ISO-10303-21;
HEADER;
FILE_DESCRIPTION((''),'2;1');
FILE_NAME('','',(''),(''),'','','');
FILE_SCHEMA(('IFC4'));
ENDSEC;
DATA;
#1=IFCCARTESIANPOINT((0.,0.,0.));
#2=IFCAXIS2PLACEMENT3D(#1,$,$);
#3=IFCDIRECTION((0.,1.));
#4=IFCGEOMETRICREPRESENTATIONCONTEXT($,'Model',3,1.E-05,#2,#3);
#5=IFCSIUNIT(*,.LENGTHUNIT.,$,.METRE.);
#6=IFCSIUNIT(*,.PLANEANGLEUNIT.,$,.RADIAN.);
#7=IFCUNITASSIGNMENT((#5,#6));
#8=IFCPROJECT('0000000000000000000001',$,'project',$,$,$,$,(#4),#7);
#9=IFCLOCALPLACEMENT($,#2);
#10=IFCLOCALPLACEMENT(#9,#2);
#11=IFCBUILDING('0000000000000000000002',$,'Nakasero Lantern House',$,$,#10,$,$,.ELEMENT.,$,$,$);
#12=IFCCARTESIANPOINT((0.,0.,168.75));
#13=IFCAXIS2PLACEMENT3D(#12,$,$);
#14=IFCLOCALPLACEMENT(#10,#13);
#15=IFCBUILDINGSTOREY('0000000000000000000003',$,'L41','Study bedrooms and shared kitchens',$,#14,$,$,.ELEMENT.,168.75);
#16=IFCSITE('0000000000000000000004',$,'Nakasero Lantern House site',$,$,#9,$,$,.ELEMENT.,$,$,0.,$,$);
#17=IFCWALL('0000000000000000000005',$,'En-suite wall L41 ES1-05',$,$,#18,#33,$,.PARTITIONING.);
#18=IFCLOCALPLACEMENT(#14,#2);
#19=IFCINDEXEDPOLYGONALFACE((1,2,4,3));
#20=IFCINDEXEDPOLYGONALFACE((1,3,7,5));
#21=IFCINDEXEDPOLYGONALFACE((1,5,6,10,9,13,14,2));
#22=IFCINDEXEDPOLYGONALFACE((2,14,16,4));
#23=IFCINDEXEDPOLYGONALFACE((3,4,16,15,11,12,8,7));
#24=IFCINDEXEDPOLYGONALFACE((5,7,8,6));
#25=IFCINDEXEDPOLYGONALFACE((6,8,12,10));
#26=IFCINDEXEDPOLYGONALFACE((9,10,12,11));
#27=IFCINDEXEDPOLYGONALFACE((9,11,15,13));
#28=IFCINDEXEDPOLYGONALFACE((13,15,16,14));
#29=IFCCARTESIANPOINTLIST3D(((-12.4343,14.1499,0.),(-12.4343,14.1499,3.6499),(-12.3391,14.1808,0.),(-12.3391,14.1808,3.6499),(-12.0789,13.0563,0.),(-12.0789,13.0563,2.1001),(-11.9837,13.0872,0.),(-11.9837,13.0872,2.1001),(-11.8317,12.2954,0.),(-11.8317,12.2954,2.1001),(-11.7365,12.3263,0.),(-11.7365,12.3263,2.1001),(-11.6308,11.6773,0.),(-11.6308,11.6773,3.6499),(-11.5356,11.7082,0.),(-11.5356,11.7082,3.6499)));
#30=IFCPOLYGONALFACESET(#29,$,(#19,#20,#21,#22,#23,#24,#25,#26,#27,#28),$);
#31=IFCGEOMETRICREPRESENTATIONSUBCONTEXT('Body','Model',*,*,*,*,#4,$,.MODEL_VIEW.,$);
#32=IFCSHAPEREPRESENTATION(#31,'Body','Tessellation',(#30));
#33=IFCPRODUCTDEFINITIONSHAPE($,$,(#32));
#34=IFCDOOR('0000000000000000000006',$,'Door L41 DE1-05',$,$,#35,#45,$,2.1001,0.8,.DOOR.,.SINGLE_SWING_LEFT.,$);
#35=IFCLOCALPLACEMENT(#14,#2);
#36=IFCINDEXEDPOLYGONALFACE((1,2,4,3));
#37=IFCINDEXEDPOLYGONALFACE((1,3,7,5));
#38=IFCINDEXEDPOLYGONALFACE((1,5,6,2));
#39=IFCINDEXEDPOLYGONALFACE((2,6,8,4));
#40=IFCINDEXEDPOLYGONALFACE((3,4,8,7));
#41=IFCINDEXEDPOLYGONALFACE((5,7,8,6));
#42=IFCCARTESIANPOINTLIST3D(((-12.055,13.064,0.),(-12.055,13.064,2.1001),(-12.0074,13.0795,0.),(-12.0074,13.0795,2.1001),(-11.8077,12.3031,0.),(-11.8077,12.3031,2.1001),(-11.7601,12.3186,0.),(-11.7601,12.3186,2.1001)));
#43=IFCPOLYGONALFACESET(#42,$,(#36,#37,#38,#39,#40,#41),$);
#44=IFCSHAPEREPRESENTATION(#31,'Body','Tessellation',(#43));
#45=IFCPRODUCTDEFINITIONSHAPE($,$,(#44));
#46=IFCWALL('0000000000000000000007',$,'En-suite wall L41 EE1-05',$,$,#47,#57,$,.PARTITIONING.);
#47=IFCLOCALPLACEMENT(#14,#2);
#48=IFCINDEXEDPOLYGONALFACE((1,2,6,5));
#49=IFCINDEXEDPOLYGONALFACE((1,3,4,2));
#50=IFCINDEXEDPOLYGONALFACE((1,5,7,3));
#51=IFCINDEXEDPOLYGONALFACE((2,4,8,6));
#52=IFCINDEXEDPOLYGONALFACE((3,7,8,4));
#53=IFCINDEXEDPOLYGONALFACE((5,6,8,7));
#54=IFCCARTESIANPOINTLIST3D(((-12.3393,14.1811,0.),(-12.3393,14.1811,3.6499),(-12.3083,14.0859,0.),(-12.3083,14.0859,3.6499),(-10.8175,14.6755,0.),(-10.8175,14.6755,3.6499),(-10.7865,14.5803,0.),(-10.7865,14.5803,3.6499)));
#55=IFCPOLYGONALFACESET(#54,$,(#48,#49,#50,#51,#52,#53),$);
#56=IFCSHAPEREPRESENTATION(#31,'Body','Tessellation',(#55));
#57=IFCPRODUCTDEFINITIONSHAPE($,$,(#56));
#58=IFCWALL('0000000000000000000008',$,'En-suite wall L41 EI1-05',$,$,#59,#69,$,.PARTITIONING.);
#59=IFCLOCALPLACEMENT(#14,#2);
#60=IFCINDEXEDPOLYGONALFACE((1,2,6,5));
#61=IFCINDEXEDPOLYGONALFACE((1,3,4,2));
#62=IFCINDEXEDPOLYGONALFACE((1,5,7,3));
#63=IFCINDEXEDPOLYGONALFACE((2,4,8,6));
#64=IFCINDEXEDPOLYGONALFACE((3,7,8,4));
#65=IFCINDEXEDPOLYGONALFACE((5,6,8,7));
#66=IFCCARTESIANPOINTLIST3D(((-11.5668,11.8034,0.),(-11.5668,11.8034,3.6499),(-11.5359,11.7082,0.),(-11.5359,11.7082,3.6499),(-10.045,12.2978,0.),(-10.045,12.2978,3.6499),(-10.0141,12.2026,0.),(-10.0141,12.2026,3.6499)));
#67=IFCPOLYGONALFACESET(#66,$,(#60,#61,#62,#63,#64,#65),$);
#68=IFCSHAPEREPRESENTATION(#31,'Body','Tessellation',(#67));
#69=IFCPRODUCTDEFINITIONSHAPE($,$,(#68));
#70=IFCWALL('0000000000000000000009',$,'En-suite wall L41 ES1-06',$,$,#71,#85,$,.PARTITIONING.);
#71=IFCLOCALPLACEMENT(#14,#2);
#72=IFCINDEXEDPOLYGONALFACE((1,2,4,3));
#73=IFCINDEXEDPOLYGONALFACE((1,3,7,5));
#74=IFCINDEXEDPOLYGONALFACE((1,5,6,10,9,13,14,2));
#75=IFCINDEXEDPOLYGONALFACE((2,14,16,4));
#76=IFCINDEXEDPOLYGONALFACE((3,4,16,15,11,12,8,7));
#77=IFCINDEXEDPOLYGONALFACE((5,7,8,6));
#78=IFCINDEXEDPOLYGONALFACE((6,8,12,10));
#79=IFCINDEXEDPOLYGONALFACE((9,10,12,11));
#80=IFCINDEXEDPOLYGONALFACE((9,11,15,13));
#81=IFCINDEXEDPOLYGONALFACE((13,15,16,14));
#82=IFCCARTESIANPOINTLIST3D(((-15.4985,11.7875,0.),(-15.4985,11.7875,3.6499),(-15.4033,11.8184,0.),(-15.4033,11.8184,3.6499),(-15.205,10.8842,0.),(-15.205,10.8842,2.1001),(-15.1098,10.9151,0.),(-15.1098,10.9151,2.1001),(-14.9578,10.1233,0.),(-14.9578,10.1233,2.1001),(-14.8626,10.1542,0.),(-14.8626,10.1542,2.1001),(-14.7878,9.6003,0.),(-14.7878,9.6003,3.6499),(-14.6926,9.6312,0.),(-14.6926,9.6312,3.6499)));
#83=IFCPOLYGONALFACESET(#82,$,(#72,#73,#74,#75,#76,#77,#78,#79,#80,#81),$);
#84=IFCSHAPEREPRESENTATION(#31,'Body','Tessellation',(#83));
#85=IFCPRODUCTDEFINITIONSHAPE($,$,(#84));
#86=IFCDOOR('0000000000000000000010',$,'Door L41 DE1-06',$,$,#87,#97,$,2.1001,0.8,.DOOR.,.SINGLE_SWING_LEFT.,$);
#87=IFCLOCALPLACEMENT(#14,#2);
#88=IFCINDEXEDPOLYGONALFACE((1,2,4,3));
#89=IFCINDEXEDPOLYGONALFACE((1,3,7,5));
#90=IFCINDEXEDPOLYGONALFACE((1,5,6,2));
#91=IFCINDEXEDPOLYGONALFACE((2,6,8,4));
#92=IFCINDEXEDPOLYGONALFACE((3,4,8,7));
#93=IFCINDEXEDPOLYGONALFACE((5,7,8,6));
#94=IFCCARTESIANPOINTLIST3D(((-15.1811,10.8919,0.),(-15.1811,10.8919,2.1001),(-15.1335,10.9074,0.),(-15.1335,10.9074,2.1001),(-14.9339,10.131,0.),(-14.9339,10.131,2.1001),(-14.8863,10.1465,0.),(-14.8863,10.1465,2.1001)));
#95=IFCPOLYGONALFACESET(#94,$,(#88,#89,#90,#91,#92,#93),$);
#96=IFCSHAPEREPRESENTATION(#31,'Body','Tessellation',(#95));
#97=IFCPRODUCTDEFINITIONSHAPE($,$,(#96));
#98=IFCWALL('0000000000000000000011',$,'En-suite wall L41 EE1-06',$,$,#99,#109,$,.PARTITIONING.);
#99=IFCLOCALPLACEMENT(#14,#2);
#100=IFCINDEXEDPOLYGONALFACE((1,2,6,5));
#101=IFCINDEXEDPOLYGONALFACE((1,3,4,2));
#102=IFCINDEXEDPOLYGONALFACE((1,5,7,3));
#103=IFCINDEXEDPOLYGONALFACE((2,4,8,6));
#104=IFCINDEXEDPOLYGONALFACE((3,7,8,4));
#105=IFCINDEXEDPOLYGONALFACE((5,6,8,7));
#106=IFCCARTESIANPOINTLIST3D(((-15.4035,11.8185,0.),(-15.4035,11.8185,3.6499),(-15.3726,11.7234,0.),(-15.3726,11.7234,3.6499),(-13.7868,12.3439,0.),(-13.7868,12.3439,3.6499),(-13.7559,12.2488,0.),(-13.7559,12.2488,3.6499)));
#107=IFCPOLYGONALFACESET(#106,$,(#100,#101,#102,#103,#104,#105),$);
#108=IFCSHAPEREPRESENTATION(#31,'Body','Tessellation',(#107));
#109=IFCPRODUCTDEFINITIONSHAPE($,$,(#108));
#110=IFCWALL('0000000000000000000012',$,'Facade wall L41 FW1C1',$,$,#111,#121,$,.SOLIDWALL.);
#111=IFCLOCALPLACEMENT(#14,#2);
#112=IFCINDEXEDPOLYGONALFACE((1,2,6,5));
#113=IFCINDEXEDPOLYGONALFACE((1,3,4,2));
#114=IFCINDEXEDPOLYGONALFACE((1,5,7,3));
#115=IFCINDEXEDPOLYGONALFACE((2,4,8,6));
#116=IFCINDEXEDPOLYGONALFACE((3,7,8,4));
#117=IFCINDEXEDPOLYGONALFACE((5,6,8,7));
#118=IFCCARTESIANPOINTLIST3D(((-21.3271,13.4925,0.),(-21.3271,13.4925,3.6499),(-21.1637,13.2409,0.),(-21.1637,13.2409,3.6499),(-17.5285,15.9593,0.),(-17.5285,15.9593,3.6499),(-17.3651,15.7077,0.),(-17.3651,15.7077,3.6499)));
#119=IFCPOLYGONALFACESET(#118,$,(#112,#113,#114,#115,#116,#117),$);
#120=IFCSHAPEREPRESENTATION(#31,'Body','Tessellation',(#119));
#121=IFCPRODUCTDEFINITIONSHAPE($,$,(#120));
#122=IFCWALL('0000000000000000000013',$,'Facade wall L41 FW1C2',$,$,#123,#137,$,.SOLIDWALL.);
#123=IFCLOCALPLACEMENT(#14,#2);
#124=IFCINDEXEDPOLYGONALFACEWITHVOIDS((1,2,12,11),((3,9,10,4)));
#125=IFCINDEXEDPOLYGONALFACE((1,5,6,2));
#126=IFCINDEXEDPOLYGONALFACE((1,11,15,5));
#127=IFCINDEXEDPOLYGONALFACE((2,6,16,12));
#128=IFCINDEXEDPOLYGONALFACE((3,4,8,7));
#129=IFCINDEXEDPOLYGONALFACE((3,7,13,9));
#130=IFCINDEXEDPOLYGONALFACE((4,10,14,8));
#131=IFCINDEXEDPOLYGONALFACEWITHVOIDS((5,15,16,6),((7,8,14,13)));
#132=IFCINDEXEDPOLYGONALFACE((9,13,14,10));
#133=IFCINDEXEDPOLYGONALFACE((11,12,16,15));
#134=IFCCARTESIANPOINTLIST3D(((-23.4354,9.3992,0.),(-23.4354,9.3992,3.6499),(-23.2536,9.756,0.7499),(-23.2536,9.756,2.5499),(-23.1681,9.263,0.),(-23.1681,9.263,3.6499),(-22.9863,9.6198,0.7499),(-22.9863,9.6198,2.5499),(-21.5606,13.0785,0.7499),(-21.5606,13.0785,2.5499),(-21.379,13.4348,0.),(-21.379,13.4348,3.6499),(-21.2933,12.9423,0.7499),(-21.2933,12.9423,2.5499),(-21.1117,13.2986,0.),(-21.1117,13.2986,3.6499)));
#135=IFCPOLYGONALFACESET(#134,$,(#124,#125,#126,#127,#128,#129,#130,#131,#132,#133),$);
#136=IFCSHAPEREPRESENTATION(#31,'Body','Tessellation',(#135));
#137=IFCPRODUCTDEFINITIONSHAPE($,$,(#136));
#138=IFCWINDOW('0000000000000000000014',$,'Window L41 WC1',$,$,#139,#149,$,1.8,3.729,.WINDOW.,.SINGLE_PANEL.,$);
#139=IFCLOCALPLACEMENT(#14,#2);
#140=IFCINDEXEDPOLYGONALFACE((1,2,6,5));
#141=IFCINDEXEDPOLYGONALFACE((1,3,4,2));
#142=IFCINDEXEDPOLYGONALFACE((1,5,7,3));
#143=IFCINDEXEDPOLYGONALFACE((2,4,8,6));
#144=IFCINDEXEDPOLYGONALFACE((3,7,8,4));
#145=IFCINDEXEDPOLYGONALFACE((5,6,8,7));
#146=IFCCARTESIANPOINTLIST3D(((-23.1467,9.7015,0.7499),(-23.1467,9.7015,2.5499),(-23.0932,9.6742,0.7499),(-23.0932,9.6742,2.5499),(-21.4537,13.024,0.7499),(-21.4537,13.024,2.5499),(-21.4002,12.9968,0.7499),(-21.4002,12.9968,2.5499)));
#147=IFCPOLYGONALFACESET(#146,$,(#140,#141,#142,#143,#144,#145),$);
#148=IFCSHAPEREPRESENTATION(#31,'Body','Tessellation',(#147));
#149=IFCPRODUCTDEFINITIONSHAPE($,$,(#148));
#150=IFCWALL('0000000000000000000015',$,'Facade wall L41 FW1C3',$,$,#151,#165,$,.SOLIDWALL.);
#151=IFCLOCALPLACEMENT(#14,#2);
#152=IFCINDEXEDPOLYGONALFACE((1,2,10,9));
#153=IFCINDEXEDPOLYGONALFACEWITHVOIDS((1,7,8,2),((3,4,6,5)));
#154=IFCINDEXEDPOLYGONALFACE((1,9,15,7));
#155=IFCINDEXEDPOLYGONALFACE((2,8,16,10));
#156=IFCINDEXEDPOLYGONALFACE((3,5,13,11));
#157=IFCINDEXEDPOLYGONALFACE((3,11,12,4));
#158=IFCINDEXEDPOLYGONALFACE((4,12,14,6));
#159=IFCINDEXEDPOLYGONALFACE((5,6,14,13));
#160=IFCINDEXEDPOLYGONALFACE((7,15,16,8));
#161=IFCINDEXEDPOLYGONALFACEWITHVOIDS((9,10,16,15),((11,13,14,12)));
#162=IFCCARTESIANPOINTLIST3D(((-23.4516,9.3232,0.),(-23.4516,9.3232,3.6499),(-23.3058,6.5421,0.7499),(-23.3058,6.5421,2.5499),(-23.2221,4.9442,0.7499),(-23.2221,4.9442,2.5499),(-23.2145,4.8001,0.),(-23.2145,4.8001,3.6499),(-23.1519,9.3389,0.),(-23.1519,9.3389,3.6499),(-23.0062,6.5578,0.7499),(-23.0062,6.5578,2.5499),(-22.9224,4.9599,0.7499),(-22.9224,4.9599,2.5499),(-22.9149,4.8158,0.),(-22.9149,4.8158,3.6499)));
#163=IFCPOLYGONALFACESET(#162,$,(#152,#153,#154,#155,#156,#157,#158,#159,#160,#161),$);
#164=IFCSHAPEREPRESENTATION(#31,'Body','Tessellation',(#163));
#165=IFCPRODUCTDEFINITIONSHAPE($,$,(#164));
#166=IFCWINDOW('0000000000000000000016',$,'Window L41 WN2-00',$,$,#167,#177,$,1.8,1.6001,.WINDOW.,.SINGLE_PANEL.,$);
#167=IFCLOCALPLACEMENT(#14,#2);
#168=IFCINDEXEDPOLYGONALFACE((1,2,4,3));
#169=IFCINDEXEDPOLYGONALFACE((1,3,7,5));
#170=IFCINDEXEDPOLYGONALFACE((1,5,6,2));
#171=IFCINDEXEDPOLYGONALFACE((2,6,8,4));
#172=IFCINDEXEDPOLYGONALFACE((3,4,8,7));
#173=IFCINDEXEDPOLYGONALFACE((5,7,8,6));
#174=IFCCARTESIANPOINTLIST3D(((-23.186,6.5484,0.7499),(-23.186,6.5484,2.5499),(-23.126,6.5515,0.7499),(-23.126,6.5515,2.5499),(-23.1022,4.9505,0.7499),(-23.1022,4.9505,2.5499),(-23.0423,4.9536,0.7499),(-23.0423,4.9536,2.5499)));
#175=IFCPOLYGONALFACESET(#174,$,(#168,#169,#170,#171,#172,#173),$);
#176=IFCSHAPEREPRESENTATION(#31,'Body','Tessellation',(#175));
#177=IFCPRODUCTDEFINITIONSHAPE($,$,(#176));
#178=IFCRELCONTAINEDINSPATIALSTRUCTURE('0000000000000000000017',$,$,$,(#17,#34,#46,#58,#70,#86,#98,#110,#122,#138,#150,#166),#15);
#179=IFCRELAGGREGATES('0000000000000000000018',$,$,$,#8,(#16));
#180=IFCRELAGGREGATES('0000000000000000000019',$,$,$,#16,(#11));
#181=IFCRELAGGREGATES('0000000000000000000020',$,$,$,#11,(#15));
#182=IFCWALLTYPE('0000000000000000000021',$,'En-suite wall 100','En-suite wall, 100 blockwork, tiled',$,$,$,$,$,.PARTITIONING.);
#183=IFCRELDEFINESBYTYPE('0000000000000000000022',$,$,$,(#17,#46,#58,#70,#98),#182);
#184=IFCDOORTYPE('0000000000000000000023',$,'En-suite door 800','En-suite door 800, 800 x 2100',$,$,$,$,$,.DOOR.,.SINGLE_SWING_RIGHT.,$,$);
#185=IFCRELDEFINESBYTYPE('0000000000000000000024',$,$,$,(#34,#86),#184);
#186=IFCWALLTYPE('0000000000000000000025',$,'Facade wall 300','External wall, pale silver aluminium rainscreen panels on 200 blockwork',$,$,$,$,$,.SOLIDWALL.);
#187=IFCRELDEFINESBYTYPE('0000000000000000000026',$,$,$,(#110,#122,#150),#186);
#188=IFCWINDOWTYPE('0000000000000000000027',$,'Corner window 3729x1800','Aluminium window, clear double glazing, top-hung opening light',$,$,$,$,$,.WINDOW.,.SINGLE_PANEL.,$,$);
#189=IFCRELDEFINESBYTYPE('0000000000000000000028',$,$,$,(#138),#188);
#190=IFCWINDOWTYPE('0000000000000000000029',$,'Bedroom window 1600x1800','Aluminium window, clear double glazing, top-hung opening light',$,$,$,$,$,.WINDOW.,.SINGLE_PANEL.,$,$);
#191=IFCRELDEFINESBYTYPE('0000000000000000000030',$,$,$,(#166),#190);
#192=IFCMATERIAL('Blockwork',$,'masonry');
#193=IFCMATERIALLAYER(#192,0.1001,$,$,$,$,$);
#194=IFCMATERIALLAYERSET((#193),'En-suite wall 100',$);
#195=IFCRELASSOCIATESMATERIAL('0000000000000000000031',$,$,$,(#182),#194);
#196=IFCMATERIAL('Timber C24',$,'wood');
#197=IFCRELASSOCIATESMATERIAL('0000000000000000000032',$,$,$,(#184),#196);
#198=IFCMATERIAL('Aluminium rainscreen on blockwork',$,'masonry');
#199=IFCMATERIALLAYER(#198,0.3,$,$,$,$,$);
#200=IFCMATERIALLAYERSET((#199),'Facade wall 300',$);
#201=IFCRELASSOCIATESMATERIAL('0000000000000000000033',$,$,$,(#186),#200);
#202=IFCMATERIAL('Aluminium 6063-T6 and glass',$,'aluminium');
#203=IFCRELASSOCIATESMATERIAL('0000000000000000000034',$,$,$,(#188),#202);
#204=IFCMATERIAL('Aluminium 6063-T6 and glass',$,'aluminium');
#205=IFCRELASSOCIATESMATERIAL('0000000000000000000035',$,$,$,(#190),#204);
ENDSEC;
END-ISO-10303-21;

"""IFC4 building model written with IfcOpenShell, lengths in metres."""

from ifc_helpers import new_model, si_unit, direction, frame, frame_2d, origin, place, context, subcontext, project, spatial, rectangle, extrude, material, layer, layer_set, type_object, element, fill, save


model = new_model("IFC4")

# Units and contexts
model_context = context("Model", 3, precision=1e-05, world=origin(), true_north=direction((0.0, 1.0)))
body_context = subcontext(model_context, "Body", "Model", "MODEL_VIEW")
ifc_project = project(units=[si_unit("LENGTHUNIT", "METRE"), si_unit("PLANEANGLEUNIT", "RADIAN")], contexts=[model_context])

# Site, building, storey
site_placement = place(None, origin())
site = spatial("IfcSite", under=ifc_project, at=site_placement, Name="Nakasero Lantern House site", CompositionType="ELEMENT", RefElevation=0.0)
building_placement = place(site_placement, origin())
building = spatial("IfcBuilding", under=site, at=building_placement, Name="Nakasero Lantern House", CompositionType="ELEMENT")
storey_placement = place(building_placement, frame((0.0, 0.0, 168.75)))
storey = spatial("IfcBuildingStorey", under=building, at=storey_placement, Name="L41", Description="Study bedrooms and shared kitchens", CompositionType="ELEMENT", Elevation=168.75)

# Wall, opening, door
ifc_material_1 = material(Name="Blockwork", Category="masonry")
ifc_layer_1 = layer(ifc_material_1, 0.1001)
ifc_layer_set_1 = layer_set([ifc_layer_1], Name="En-suite wall 100")
wall_type_1 = type_object("IfcWallType", Name="En-suite wall 100", Description="En-suite wall, 100 blockwork, tiled", PredefinedType="PARTITIONING", material=ifc_layer_set_1)
wall_1_placement = place(storey_placement, frame((-11.5833, 11.6929, 0.0), z_axis=(0.0, 0.0, 1.0), x_axis=(-0.309035, 0.951051, 0.0)))
wall_1 = element("IfcWall", 1, at=wall_1_placement, inside=storey, type_object=wall_type_1, Name="En-suite wall L41 ES1-05", PredefinedType="PARTITIONING", context=body_context, shape_type="SweptSolid", body=[
    extrude(rectangle(XDim=2.5999, YDim=0.1001, at=frame_2d((1.2998, 0.0))), origin(), (0.0, 0.0, 1.0), 3.6499),
])
opening_1_placement = place(wall_1_placement, frame((0.6499, 0.0, 0.0)))
opening_1 = element("IfcOpeningElement", 2, at=opening_1_placement, cuts=wall_1, PredefinedType="OPENING", context=body_context, shape_type="SweptSolid", body=[
    extrude(rectangle(XDim=0.8, YDim=2.1001, at=frame_2d((0.3999, 1.05))), frame((0.0, 0.0701, 0.0), z_axis=(0.0, -1.0, 0.0), x_axis=(1.0, 0.0, 0.0)), (0.0, 0.0, 1.0), 0.1401),
])
ifc_material_2 = material(Name="Timber C24", Category="wood")
door_type = type_object("IfcDoorType", Name="En-suite door 800", Description="En-suite door 800, 800 x 2100", OperationType="SINGLE_SWING_RIGHT", PredefinedType="DOOR", material=ifc_material_2)
door_1_placement = place(opening_1_placement, origin())
door_1 = element("IfcDoor", 3, at=door_1_placement, inside=storey, type_object=door_type, Name="Door L41 DE1-05", OperationType="SINGLE_SWING_LEFT", OverallHeight=2.1001, OverallWidth=0.8, PredefinedType="DOOR", context=body_context, shape_type="SweptSolid", body=[
    extrude(rectangle(XDim=0.8, YDim=2.1001, at=frame_2d((0.3999, 1.05))), frame((0.0, 0.0249, 0.0), z_axis=(0.0, -1.0, 0.0), x_axis=(1.0, 0.0, 0.0)), (0.0, 0.0, 1.0), 0.05),
])
fill(opening_1, door_1)

# Walls
for number, where, z_axis, x_axis, name in (
    (4, (-10.802, 14.6279, 0.0), (0.0, 0.0, 1.0), (-0.951067, -0.308986, 0.0), "En-suite wall L41 EE1-05"),
    (5, (-10.0295, 12.2502, 0.0), (0.0, 0.0, 1.0), (-0.951067, -0.308986, 0.0), "En-suite wall L41 EI1-05"),
):
    element("IfcWall", number, at=place(storey_placement, frame(where, z_axis=z_axis, x_axis=x_axis)), inside=storey, type_object=wall_type_1, Name=name, PredefinedType="PARTITIONING", context=body_context, shape_type="SweptSolid", body=[
        extrude(rectangle(XDim=1.6001, YDim=0.1001, at=frame_2d((0.8, 0.0))), origin(), (0.0, 0.0, 1.0), 3.6499),
    ])

# Wall, opening, door
wall_2_placement = place(storey_placement, frame((-14.7402, 9.6157, 0.0), z_axis=(0.0, 0.0, 1.0), x_axis=(-0.309021, 0.951055, 0.0)))
wall_2 = element("IfcWall", 6, at=wall_2_placement, inside=storey, type_object=wall_type_1, Name="En-suite wall L41 ES1-06", PredefinedType="PARTITIONING", context=body_context, shape_type="SweptSolid", body=[
    extrude(rectangle(XDim=2.2998, YDim=0.1001, at=frame_2d((1.1499, 0.0))), origin(), (0.0, 0.0, 1.0), 3.6499),
])
opening_2_placement = place(wall_2_placement, frame((0.55, 0.0, 0.0)))
opening_2 = element("IfcOpeningElement", 7, at=opening_2_placement, cuts=wall_2, PredefinedType="OPENING", context=body_context, shape_type="SweptSolid", body=[
    extrude(rectangle(XDim=0.8, YDim=2.1001, at=frame_2d((0.3999, 1.05))), frame((0.0, 0.0701, 0.0), z_axis=(0.0, -1.0, 0.0), x_axis=(1.0, 0.0, 0.0)), (0.0, 0.0, 1.0), 0.1401),
])
door_2_placement = place(opening_2_placement, origin())
door_2 = element("IfcDoor", 8, at=door_2_placement, inside=storey, type_object=door_type, Name="Door L41 DE1-06", OperationType="SINGLE_SWING_LEFT", OverallHeight=2.1001, OverallWidth=0.8, PredefinedType="DOOR", context=body_context, shape_type="SweptSolid", body=[
    extrude(rectangle(XDim=0.8, YDim=2.1001, at=frame_2d((0.3999, 1.05))), frame((0.0, 0.0249, 0.0), z_axis=(0.0, -1.0, 0.0), x_axis=(1.0, 0.0, 0.0)), (0.0, 0.0, 1.0), 0.05),
])
fill(opening_2, door_2)

# Walls
wall_3_placement = place(storey_placement, frame((-13.7712, 12.2964, 0.0), z_axis=(0.0, 0.0, 1.0), x_axis=(-0.95104, -0.309067, 0.0)))
element("IfcWall", 9, at=wall_3_placement, inside=storey, type_object=wall_type_1, Name="En-suite wall L41 EE1-06", PredefinedType="PARTITIONING", context=body_context, shape_type="SweptSolid", body=[
    extrude(rectangle(XDim=1.7, YDim=0.1001, at=frame_2d((0.8501, 0.0))), origin(), (0.0, 0.0, 1.0), 3.6499),
])
ifc_material_3 = material(Name="Aluminium rainscreen on blockwork", Category="masonry")
ifc_layer_2 = layer(ifc_material_3, 0.3)
ifc_layer_set_2 = layer_set([ifc_layer_2], Name="Facade wall 300")
wall_type_2 = type_object("IfcWallType", Name="Facade wall 300", Description="External wall, pale silver aluminium rainscreen panels on 200 blockwork", PredefinedType="SOLIDWALL", material=ifc_layer_set_2)
wall_4_placement = place(storey_placement, frame((-17.4468, 15.8335, 0.0), z_axis=(0.0, 0.0, 1.0), x_axis=(-0.838674, -0.544634, 0.0)))
element("IfcWall", 10, at=wall_4_placement, inside=storey, type_object=wall_type_2, Name="Facade wall L41 FW1C1", PredefinedType="SOLIDWALL", context=body_context, shape_type="SweptSolid", body=[
    extrude(rectangle(XDim=4.5293, YDim=0.3, at=frame_2d((2.2646, 0.0))), origin(), (0.0, 0.0, 1.0), 3.6499),
])

# Walls, openings, windows
wall_5_placement = place(storey_placement, frame((-21.2454, 13.3667, 0.0), z_axis=(0.0, 0.0, 1.0), x_axis=(-0.454014, -0.890995, 0.0)))
wall_5 = element("IfcWall", 11, at=wall_5_placement, inside=storey, type_object=wall_type_2, Name="Facade wall L41 FW1C2", PredefinedType="SOLIDWALL", context=body_context, shape_type="SweptSolid", body=[
    extrude(rectangle(XDim=4.5293, YDim=0.3, at=frame_2d((2.2646, 0.0))), origin(), (0.0, 0.0, 1.0), 3.6499),
])
opening_3_placement = place(wall_5_placement, frame((0.3999, 0.0, 0.75)))
opening_3 = element("IfcOpeningElement", 12, at=opening_3_placement, cuts=wall_5, PredefinedType="OPENING", context=body_context, shape_type="SweptSolid", body=[
    extrude(rectangle(XDim=3.729, YDim=1.8, at=frame_2d((1.8645, 0.8999))), frame((0.0, 0.1699, 0.0), z_axis=(0.0, -1.0, 0.0), x_axis=(1.0, 0.0, 0.0)), (0.0, 0.0, 1.0), 0.3401),
])
ifc_material_4 = material(Name="Aluminium 6063-T6 and glass", Category="aluminium")
window_type_1 = type_object("IfcWindowType", Name="Corner window 3729x1800", Description="Aluminium window, clear double glazing, top-hung opening light", PartitioningType="SINGLE_PANEL", PredefinedType="WINDOW", material=ifc_material_4)
window_1_placement = place(opening_3_placement, origin())
window_1 = element("IfcWindow", 13, at=window_1_placement, inside=storey, type_object=window_type_1, Name="Window L41 WC1", OverallHeight=1.8, OverallWidth=3.729, PartitioningType="SINGLE_PANEL", PredefinedType="WINDOW", context=body_context, shape_type="SweptSolid", body=[
    extrude(rectangle(XDim=3.729, YDim=1.8, at=frame_2d((1.8645, 0.8999))), frame((0.0, 0.03, 0.0), z_axis=(0.0, -1.0, 0.0), x_axis=(1.0, 0.0, 0.0)), (0.0, 0.0, 1.0), 0.0601),
])
fill(opening_3, window_1)
wall_6_placement = place(storey_placement, frame((-23.3018, 9.3311, 0.0), z_axis=(0.0, 0.0, 1.0), x_axis=(0.052338, -0.998629, 0.0)))
wall_6 = element("IfcWall", 14, at=wall_6_placement, inside=storey, type_object=wall_type_2, Name="Facade wall L41 FW1C3", PredefinedType="SOLIDWALL", context=body_context, shape_type="SweptSolid", body=[
    extrude(rectangle(XDim=4.5293, YDim=0.3, at=frame_2d((2.2646, 0.0))), origin(), (0.0, 0.0, 1.0), 3.6499),
])
opening_4_placement = place(wall_6_placement, frame((2.7849, 0.0, 0.75)))
opening_4 = element("IfcOpeningElement", 15, at=opening_4_placement, cuts=wall_6, PredefinedType="OPENING", context=body_context, shape_type="SweptSolid", body=[
    extrude(rectangle(XDim=1.6001, YDim=1.8, at=frame_2d((0.8, 0.8999))), frame((0.0, 0.1699, 0.0), z_axis=(0.0, -1.0, 0.0), x_axis=(1.0, 0.0, 0.0)), (0.0, 0.0, 1.0), 0.3401),
])
ifc_material_5 = material(Name="Aluminium 6063-T6 and glass", Category="aluminium")
window_type_2 = type_object("IfcWindowType", Name="Bedroom window 1600x1800", Description="Aluminium window, clear double glazing, top-hung opening light", PartitioningType="SINGLE_PANEL", PredefinedType="WINDOW", material=ifc_material_5)
window_2_placement = place(opening_4_placement, origin())
window_2 = element("IfcWindow", 16, at=window_2_placement, inside=storey, type_object=window_type_2, Name="Window L41 WN2-00", OverallHeight=1.8, OverallWidth=1.6001, PartitioningType="SINGLE_PANEL", PredefinedType="WINDOW", context=body_context, shape_type="SweptSolid", body=[
    extrude(rectangle(XDim=1.6001, YDim=1.8, at=frame_2d((0.8, 0.8999))), frame((0.0, 0.03, 0.0), z_axis=(0.0, -1.0, 0.0), x_axis=(1.0, 0.0, 0.0)), (0.0, 0.0, 1.0), 0.0601),
])
fill(opening_4, window_2)

save(model, "model.ifc")
